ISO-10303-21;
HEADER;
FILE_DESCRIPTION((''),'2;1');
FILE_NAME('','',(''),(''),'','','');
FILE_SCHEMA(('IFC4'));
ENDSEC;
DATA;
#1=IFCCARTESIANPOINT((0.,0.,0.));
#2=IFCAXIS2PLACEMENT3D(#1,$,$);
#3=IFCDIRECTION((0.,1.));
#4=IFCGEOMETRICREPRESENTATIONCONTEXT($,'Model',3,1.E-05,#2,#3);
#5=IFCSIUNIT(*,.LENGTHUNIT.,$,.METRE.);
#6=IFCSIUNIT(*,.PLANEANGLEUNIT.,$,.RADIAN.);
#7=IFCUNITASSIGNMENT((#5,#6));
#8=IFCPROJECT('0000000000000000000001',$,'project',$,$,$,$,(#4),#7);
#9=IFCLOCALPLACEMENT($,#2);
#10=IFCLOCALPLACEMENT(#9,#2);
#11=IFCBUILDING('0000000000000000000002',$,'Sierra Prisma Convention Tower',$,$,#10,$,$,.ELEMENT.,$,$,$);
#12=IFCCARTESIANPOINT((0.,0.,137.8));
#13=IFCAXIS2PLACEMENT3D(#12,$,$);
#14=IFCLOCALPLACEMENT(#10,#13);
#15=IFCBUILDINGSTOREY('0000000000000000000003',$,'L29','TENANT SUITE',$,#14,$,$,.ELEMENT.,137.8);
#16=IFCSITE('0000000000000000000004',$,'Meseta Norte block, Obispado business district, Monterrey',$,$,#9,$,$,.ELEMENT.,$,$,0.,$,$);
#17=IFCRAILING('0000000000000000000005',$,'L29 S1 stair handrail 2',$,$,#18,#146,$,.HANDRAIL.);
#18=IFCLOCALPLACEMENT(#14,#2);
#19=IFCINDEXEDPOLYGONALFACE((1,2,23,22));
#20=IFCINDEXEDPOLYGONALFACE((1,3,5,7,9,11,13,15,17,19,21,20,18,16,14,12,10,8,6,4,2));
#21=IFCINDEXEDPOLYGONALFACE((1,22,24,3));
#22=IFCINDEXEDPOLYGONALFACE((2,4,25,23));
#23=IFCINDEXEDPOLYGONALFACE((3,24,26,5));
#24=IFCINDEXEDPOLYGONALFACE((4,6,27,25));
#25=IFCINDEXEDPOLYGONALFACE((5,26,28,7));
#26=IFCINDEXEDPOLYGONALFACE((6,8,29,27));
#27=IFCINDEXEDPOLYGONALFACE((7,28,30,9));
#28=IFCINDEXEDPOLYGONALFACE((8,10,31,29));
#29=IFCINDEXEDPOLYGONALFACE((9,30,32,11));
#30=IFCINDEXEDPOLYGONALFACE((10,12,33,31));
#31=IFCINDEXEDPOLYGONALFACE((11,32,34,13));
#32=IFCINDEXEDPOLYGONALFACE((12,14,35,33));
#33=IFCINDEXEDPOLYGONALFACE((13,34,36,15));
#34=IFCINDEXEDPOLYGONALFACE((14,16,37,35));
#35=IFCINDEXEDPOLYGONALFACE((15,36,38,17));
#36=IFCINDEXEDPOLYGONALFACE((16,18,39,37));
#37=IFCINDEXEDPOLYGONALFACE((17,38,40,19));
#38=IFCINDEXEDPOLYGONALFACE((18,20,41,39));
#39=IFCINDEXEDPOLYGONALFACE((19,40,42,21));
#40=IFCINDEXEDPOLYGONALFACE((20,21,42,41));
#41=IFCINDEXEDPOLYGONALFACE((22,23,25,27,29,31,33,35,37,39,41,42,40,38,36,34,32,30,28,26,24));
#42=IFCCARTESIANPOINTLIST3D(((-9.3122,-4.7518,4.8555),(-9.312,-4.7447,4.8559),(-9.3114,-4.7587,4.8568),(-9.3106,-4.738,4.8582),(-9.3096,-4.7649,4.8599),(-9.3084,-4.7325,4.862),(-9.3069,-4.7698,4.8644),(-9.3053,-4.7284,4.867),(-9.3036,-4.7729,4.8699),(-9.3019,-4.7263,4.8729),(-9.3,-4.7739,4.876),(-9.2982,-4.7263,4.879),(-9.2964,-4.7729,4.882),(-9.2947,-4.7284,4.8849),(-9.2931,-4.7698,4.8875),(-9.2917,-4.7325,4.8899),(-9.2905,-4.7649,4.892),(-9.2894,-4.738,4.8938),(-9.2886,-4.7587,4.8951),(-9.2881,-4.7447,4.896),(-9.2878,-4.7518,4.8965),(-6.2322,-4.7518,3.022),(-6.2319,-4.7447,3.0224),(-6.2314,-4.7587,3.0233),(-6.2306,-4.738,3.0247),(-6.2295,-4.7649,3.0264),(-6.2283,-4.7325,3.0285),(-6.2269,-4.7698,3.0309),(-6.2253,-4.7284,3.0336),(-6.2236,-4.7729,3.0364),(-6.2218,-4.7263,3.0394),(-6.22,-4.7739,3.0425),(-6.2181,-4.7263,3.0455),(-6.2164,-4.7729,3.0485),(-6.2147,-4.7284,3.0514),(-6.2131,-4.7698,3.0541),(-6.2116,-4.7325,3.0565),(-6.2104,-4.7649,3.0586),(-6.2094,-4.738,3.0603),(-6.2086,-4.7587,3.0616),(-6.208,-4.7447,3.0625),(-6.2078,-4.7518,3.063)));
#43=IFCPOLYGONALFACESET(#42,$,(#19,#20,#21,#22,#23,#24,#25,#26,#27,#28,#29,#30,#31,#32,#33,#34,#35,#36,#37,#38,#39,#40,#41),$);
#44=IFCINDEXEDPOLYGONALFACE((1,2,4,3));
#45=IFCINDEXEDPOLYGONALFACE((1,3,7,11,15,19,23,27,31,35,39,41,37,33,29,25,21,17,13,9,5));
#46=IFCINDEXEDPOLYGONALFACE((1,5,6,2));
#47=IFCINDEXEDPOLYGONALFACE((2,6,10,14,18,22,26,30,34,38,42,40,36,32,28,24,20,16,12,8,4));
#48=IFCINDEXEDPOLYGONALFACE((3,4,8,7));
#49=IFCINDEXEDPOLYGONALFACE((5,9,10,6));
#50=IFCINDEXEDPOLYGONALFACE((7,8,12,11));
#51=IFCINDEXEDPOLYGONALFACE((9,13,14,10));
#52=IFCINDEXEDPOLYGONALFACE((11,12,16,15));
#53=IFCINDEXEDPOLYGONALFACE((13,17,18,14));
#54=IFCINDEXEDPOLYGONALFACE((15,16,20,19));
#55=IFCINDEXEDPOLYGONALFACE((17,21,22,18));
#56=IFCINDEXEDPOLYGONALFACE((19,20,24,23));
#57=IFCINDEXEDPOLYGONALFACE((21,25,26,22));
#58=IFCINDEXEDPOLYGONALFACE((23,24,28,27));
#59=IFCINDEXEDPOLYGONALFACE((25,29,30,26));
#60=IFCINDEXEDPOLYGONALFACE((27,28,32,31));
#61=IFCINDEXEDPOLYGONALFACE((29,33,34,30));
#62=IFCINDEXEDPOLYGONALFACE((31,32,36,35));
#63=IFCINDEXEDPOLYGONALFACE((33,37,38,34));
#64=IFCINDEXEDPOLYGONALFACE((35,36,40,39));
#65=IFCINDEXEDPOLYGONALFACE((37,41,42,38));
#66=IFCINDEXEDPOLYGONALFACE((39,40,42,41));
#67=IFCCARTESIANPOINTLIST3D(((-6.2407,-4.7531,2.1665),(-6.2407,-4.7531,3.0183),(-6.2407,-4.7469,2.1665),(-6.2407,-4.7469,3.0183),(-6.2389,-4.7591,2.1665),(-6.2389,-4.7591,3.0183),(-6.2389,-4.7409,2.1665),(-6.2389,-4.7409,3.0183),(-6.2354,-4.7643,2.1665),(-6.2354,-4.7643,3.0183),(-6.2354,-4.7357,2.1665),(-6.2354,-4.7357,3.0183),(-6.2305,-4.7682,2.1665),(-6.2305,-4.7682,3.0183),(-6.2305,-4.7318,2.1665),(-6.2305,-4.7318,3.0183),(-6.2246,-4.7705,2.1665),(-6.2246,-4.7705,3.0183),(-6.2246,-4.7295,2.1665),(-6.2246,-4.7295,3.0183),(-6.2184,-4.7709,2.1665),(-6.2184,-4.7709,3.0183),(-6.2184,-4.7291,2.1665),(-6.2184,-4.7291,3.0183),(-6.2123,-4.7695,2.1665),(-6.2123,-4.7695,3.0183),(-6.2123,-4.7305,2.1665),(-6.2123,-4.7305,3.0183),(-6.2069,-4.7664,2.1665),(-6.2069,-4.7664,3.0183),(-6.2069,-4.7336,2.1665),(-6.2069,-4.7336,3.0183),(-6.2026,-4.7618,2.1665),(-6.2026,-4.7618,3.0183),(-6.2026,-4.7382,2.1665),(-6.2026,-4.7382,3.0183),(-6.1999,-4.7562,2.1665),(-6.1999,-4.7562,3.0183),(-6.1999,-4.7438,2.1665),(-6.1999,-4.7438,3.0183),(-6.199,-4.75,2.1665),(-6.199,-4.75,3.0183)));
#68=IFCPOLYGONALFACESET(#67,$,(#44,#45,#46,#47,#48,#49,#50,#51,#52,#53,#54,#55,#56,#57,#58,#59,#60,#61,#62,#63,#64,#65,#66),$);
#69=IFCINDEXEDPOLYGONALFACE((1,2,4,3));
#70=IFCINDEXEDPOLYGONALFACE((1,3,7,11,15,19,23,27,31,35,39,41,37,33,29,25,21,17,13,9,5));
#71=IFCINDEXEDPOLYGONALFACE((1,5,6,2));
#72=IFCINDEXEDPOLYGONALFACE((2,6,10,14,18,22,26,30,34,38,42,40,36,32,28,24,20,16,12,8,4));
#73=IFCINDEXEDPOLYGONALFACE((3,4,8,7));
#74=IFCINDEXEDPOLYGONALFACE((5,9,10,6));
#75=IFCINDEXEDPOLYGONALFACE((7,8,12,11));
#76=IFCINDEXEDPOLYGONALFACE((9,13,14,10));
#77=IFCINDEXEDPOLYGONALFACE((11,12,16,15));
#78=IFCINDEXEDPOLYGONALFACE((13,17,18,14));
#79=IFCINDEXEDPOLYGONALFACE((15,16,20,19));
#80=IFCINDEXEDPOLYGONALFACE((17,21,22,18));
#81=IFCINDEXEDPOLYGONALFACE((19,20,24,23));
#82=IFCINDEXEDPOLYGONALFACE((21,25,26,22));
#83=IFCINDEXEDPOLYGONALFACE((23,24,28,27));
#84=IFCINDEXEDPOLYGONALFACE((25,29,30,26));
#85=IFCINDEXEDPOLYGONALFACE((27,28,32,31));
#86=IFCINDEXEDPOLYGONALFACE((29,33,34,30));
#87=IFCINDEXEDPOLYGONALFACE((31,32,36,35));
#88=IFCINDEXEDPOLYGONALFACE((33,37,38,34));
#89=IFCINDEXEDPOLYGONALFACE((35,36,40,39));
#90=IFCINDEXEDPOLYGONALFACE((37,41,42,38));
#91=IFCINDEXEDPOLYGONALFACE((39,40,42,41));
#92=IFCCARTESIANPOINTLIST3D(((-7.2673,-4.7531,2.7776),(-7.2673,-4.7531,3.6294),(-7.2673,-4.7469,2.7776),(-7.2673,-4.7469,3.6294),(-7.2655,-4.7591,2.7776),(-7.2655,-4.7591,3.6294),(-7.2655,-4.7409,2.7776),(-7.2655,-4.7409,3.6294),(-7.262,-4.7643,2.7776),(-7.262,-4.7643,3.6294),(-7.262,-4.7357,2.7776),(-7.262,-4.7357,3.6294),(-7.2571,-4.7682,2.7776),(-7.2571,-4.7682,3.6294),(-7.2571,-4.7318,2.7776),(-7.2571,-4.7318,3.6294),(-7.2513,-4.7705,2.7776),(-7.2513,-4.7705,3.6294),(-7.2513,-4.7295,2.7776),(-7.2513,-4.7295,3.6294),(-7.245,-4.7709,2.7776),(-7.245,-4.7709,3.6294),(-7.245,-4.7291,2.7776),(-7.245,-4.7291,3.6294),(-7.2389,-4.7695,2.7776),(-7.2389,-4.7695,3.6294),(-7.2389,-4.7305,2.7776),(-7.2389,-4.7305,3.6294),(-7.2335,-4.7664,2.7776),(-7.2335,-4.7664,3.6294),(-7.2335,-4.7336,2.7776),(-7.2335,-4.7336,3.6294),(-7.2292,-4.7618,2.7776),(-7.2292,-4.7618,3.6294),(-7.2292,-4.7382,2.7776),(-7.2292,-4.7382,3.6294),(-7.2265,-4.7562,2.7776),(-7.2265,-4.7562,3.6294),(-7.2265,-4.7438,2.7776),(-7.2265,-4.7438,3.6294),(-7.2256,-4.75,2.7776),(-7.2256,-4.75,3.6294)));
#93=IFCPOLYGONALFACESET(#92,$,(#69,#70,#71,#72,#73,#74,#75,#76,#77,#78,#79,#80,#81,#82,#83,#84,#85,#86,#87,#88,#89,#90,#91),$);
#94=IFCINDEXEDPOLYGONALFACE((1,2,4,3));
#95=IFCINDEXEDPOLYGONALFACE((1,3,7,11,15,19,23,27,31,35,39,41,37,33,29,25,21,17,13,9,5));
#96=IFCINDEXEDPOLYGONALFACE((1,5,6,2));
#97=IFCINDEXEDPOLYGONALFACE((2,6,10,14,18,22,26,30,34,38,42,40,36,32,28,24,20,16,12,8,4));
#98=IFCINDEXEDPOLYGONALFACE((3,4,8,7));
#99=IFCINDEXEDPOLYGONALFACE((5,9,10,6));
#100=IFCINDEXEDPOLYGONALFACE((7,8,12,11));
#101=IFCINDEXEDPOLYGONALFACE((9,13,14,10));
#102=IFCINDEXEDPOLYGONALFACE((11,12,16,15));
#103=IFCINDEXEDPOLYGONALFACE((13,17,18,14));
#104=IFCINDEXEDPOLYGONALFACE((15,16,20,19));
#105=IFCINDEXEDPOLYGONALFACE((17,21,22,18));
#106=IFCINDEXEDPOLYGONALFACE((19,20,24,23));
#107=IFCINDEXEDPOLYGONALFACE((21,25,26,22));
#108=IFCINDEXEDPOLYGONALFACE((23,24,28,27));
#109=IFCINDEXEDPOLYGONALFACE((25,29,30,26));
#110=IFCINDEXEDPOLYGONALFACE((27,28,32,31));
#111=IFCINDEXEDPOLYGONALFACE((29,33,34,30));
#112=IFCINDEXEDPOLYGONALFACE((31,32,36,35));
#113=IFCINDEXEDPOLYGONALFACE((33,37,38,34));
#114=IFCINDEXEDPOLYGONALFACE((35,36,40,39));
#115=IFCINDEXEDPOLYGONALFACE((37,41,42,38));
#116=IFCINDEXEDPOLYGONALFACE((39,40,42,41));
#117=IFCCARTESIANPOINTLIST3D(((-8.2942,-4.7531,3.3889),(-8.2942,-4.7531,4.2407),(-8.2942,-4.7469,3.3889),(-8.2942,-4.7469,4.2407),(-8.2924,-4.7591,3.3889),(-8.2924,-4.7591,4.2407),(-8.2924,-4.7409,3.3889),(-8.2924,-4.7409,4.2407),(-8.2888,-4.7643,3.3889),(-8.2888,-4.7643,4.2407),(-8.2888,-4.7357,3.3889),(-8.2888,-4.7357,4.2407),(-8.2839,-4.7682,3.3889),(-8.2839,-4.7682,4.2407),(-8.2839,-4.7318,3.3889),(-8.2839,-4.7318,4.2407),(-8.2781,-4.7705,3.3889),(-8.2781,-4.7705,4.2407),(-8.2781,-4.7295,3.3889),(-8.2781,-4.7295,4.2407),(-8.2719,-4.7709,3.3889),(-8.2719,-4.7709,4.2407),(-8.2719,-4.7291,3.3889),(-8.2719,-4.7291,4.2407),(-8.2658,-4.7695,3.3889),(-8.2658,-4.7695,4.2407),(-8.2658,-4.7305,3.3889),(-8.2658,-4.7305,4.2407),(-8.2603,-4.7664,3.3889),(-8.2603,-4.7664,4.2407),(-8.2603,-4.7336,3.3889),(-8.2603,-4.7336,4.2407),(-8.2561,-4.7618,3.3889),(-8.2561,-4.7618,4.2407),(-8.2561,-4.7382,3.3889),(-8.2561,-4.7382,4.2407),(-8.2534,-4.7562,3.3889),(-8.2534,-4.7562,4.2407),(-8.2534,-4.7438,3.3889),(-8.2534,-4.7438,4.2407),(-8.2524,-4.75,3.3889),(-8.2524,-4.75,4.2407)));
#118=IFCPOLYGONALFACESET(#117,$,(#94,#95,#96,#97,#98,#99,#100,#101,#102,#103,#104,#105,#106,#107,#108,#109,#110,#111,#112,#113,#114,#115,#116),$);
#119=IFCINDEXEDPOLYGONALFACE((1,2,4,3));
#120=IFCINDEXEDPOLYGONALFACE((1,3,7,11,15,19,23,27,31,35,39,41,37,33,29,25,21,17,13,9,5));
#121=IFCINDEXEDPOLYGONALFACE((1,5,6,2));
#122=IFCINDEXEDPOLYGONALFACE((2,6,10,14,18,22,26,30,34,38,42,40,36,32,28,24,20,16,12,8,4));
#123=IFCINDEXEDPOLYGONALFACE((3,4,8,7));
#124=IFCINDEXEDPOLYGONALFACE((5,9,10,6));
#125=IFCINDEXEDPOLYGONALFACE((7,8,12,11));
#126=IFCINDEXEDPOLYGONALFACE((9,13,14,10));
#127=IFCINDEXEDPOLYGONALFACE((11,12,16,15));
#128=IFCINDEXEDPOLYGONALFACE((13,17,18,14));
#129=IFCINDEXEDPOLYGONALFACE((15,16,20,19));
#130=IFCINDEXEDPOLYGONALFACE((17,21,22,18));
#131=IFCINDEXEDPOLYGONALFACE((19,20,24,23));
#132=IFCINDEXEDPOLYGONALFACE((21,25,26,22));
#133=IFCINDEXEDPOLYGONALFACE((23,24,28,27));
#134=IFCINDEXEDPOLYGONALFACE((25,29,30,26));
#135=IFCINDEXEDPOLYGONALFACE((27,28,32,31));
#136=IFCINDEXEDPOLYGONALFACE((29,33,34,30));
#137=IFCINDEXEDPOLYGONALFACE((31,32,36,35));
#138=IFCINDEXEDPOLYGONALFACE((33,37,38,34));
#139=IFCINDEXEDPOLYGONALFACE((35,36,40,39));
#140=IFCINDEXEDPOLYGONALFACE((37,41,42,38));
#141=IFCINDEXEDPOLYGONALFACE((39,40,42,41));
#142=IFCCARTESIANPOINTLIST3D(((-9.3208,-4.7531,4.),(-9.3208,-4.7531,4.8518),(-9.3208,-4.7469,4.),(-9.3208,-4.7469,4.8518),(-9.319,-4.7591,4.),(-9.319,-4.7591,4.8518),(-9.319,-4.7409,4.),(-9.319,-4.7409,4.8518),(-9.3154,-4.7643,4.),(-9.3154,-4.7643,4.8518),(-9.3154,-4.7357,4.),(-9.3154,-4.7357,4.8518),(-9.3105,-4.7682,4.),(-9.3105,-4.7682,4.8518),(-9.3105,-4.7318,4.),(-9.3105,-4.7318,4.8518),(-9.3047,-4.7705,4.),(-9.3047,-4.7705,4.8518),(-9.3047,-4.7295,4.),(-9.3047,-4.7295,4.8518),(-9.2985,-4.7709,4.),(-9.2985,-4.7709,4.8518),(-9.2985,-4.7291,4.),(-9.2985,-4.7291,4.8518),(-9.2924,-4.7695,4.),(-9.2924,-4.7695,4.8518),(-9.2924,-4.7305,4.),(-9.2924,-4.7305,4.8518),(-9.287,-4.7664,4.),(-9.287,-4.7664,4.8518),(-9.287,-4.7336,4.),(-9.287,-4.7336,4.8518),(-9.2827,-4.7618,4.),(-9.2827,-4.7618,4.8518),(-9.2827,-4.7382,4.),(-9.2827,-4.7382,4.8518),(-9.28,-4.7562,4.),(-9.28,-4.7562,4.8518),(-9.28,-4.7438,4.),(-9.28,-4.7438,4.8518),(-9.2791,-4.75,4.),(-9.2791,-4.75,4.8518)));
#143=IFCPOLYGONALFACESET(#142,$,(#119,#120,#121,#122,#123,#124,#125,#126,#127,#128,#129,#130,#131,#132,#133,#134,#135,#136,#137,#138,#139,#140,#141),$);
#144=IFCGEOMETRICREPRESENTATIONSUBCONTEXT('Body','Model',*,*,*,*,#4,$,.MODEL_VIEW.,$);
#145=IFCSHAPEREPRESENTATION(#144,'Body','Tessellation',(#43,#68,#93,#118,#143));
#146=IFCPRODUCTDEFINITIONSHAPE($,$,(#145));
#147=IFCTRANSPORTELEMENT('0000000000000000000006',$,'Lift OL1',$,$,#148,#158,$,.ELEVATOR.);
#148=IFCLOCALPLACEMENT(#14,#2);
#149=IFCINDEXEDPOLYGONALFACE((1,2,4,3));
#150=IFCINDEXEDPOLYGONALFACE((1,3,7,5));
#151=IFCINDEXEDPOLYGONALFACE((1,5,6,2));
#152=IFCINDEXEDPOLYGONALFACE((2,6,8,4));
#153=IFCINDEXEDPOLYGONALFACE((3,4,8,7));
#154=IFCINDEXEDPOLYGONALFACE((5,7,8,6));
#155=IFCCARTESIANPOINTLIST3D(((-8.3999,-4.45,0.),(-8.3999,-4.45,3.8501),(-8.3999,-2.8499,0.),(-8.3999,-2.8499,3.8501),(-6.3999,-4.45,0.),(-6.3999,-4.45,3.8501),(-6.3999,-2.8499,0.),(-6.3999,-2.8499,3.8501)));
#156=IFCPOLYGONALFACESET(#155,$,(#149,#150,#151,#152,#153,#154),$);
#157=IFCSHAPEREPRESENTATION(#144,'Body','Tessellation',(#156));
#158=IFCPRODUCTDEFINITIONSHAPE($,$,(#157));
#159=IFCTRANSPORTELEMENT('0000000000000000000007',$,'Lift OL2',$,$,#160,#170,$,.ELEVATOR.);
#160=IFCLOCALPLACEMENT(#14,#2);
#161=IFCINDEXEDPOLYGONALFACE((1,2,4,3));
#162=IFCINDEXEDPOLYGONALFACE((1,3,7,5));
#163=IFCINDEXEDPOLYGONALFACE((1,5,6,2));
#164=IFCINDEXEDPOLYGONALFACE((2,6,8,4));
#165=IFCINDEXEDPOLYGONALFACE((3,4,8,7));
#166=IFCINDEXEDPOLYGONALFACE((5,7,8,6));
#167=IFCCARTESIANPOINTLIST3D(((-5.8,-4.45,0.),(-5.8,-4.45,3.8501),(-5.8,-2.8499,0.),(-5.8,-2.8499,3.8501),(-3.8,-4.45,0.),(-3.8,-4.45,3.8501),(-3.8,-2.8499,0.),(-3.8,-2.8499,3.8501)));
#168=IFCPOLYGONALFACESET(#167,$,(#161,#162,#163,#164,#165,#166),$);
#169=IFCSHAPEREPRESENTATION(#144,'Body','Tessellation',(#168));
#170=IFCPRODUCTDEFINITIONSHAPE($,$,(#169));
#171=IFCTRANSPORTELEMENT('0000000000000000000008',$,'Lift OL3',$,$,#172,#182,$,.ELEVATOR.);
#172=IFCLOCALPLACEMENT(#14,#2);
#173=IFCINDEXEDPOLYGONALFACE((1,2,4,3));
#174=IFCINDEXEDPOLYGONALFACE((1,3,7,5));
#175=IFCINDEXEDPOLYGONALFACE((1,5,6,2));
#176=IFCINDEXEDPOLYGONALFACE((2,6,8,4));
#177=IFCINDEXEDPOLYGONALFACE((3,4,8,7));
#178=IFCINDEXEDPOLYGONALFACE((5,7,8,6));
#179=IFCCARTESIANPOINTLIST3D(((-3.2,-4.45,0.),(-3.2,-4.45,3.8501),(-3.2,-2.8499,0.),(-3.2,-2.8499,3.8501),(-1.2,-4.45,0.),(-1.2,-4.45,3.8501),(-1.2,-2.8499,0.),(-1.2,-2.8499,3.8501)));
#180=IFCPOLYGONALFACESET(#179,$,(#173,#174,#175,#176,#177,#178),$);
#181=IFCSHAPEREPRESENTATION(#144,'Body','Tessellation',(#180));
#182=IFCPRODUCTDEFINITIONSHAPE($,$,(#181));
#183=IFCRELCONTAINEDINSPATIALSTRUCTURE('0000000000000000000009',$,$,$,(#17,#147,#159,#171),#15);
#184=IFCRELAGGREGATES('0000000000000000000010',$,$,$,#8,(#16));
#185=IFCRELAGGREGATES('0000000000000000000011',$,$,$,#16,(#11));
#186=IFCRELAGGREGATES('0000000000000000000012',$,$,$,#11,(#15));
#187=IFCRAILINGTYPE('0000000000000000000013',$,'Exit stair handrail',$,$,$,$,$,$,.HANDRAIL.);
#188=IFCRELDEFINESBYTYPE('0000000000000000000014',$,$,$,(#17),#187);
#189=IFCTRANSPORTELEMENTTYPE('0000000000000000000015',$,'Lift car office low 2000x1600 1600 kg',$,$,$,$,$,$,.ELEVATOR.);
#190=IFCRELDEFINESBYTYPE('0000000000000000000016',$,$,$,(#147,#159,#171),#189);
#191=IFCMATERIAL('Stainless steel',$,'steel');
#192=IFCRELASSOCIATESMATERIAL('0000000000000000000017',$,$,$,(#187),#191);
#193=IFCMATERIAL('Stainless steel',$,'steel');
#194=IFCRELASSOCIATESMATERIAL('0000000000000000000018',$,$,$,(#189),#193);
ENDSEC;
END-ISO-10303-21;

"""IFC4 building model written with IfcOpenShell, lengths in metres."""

from ifc_helpers import new_model, si_unit, direction, frame, origin, origin_2d, place, context, subcontext, project, spatial, rectangle, circle, extrude, material, type_object, element, save


model = new_model("IFC4")

# Units and contexts
model_context = context("Model", 3, precision=1e-05, world=origin(), true_north=direction((0.0, 1.0)))
body_context = subcontext(model_context, "Body", "Model", "MODEL_VIEW")
ifc_project = project(units=[si_unit("LENGTHUNIT", "METRE"), si_unit("PLANEANGLEUNIT", "RADIAN")], contexts=[model_context])

# Site, building, storey
site_placement = place(None, origin())
site = spatial("IfcSite", under=ifc_project, at=site_placement, Name="Meseta Norte block, Obispado business district, Monterrey", CompositionType="ELEMENT", RefElevation=0.0)
building_placement = place(site_placement, origin())
building = spatial("IfcBuilding", under=site, at=building_placement, Name="Sierra Prisma Convention Tower", CompositionType="ELEMENT")
storey_placement = place(building_placement, frame((0.0, 0.0, 137.8)))
storey = spatial("IfcBuildingStorey", under=building, at=storey_placement, Name="L29", Description="TENANT SUITE", CompositionType="ELEMENT", Elevation=137.8)

# Railing
ifc_material_1 = material(Name="Stainless steel", Category="steel")
railing_type = type_object("IfcRailingType", Name="Exit stair handrail", PredefinedType="HANDRAIL", material=ifc_material_1)
railing_placement = place(storey_placement, frame((-6.22, -4.75, 2.1665)))
element("IfcRailing", 1, at=railing_placement, inside=storey, type_object=railing_type, Name="L29 S1 stair handrail 2", PredefinedType="HANDRAIL", context=body_context, shape_type="SweptSolid", body=[
    extrude(circle(Radius=0.0239, at=origin_2d()), frame((0.0, 0.0, 0.876), z_axis=(-0.859279, 0.0, 0.511508), x_axis=(0.0, -1.0, 0.0)), (0.0, 0.0, 1.0), 3.5845),
    extrude(circle(Radius=0.021, at=origin_2d()), origin(), (0.0, 0.0, 1.0), 0.8518),
    extrude(circle(Radius=0.021, at=origin_2d()), frame((-1.0266, 0.0, 0.6111)), (0.0, 0.0, 1.0), 0.8518),
    extrude(circle(Radius=0.021, at=origin_2d()), frame((-2.0535, 0.0, 1.2224)), (0.0, 0.0, 1.0), 0.8518),
    extrude(circle(Radius=0.021, at=origin_2d()), frame((-3.0801, 0.0, 1.8335)), (0.0, 0.0, 1.0), 0.8518),
])

# Transport elements
ifc_material_2 = material(Name="Stainless steel", Category="steel")
transport_element_type = type_object("IfcTransportElementType", Name="Lift car office low 2000x1600 1600 kg", PredefinedType="ELEVATOR", material=ifc_material_2)
for number, where, z_axis, x_axis, name in (
    (2, (-7.3999, -3.6499, 0.0), (0.0, 0.0, 1.0), (1.0, 0.0, 0.0), "Lift OL1"),
    (3, (-4.8, -3.6499, 0.0), (0.0, 0.0, 1.0), (1.0, 0.0, 0.0), "Lift OL2"),
    (4, (-2.2, -3.6499, 0.0), (0.0, 0.0, 1.0), (1.0, 0.0, 0.0), "Lift OL3"),
):
    element("IfcTransportElement", number, at=place(storey_placement, frame(where, z_axis=z_axis, x_axis=x_axis)), inside=storey, type_object=transport_element_type, Name=name, PredefinedType="ELEVATOR", context=body_context, shape_type="SweptSolid", body=[
        extrude(rectangle(XDim=2.0, YDim=1.6001, at=origin_2d()), origin(), (0.0, 0.0, 1.0), 3.8501),
    ])

save(model, "model.ifc")
